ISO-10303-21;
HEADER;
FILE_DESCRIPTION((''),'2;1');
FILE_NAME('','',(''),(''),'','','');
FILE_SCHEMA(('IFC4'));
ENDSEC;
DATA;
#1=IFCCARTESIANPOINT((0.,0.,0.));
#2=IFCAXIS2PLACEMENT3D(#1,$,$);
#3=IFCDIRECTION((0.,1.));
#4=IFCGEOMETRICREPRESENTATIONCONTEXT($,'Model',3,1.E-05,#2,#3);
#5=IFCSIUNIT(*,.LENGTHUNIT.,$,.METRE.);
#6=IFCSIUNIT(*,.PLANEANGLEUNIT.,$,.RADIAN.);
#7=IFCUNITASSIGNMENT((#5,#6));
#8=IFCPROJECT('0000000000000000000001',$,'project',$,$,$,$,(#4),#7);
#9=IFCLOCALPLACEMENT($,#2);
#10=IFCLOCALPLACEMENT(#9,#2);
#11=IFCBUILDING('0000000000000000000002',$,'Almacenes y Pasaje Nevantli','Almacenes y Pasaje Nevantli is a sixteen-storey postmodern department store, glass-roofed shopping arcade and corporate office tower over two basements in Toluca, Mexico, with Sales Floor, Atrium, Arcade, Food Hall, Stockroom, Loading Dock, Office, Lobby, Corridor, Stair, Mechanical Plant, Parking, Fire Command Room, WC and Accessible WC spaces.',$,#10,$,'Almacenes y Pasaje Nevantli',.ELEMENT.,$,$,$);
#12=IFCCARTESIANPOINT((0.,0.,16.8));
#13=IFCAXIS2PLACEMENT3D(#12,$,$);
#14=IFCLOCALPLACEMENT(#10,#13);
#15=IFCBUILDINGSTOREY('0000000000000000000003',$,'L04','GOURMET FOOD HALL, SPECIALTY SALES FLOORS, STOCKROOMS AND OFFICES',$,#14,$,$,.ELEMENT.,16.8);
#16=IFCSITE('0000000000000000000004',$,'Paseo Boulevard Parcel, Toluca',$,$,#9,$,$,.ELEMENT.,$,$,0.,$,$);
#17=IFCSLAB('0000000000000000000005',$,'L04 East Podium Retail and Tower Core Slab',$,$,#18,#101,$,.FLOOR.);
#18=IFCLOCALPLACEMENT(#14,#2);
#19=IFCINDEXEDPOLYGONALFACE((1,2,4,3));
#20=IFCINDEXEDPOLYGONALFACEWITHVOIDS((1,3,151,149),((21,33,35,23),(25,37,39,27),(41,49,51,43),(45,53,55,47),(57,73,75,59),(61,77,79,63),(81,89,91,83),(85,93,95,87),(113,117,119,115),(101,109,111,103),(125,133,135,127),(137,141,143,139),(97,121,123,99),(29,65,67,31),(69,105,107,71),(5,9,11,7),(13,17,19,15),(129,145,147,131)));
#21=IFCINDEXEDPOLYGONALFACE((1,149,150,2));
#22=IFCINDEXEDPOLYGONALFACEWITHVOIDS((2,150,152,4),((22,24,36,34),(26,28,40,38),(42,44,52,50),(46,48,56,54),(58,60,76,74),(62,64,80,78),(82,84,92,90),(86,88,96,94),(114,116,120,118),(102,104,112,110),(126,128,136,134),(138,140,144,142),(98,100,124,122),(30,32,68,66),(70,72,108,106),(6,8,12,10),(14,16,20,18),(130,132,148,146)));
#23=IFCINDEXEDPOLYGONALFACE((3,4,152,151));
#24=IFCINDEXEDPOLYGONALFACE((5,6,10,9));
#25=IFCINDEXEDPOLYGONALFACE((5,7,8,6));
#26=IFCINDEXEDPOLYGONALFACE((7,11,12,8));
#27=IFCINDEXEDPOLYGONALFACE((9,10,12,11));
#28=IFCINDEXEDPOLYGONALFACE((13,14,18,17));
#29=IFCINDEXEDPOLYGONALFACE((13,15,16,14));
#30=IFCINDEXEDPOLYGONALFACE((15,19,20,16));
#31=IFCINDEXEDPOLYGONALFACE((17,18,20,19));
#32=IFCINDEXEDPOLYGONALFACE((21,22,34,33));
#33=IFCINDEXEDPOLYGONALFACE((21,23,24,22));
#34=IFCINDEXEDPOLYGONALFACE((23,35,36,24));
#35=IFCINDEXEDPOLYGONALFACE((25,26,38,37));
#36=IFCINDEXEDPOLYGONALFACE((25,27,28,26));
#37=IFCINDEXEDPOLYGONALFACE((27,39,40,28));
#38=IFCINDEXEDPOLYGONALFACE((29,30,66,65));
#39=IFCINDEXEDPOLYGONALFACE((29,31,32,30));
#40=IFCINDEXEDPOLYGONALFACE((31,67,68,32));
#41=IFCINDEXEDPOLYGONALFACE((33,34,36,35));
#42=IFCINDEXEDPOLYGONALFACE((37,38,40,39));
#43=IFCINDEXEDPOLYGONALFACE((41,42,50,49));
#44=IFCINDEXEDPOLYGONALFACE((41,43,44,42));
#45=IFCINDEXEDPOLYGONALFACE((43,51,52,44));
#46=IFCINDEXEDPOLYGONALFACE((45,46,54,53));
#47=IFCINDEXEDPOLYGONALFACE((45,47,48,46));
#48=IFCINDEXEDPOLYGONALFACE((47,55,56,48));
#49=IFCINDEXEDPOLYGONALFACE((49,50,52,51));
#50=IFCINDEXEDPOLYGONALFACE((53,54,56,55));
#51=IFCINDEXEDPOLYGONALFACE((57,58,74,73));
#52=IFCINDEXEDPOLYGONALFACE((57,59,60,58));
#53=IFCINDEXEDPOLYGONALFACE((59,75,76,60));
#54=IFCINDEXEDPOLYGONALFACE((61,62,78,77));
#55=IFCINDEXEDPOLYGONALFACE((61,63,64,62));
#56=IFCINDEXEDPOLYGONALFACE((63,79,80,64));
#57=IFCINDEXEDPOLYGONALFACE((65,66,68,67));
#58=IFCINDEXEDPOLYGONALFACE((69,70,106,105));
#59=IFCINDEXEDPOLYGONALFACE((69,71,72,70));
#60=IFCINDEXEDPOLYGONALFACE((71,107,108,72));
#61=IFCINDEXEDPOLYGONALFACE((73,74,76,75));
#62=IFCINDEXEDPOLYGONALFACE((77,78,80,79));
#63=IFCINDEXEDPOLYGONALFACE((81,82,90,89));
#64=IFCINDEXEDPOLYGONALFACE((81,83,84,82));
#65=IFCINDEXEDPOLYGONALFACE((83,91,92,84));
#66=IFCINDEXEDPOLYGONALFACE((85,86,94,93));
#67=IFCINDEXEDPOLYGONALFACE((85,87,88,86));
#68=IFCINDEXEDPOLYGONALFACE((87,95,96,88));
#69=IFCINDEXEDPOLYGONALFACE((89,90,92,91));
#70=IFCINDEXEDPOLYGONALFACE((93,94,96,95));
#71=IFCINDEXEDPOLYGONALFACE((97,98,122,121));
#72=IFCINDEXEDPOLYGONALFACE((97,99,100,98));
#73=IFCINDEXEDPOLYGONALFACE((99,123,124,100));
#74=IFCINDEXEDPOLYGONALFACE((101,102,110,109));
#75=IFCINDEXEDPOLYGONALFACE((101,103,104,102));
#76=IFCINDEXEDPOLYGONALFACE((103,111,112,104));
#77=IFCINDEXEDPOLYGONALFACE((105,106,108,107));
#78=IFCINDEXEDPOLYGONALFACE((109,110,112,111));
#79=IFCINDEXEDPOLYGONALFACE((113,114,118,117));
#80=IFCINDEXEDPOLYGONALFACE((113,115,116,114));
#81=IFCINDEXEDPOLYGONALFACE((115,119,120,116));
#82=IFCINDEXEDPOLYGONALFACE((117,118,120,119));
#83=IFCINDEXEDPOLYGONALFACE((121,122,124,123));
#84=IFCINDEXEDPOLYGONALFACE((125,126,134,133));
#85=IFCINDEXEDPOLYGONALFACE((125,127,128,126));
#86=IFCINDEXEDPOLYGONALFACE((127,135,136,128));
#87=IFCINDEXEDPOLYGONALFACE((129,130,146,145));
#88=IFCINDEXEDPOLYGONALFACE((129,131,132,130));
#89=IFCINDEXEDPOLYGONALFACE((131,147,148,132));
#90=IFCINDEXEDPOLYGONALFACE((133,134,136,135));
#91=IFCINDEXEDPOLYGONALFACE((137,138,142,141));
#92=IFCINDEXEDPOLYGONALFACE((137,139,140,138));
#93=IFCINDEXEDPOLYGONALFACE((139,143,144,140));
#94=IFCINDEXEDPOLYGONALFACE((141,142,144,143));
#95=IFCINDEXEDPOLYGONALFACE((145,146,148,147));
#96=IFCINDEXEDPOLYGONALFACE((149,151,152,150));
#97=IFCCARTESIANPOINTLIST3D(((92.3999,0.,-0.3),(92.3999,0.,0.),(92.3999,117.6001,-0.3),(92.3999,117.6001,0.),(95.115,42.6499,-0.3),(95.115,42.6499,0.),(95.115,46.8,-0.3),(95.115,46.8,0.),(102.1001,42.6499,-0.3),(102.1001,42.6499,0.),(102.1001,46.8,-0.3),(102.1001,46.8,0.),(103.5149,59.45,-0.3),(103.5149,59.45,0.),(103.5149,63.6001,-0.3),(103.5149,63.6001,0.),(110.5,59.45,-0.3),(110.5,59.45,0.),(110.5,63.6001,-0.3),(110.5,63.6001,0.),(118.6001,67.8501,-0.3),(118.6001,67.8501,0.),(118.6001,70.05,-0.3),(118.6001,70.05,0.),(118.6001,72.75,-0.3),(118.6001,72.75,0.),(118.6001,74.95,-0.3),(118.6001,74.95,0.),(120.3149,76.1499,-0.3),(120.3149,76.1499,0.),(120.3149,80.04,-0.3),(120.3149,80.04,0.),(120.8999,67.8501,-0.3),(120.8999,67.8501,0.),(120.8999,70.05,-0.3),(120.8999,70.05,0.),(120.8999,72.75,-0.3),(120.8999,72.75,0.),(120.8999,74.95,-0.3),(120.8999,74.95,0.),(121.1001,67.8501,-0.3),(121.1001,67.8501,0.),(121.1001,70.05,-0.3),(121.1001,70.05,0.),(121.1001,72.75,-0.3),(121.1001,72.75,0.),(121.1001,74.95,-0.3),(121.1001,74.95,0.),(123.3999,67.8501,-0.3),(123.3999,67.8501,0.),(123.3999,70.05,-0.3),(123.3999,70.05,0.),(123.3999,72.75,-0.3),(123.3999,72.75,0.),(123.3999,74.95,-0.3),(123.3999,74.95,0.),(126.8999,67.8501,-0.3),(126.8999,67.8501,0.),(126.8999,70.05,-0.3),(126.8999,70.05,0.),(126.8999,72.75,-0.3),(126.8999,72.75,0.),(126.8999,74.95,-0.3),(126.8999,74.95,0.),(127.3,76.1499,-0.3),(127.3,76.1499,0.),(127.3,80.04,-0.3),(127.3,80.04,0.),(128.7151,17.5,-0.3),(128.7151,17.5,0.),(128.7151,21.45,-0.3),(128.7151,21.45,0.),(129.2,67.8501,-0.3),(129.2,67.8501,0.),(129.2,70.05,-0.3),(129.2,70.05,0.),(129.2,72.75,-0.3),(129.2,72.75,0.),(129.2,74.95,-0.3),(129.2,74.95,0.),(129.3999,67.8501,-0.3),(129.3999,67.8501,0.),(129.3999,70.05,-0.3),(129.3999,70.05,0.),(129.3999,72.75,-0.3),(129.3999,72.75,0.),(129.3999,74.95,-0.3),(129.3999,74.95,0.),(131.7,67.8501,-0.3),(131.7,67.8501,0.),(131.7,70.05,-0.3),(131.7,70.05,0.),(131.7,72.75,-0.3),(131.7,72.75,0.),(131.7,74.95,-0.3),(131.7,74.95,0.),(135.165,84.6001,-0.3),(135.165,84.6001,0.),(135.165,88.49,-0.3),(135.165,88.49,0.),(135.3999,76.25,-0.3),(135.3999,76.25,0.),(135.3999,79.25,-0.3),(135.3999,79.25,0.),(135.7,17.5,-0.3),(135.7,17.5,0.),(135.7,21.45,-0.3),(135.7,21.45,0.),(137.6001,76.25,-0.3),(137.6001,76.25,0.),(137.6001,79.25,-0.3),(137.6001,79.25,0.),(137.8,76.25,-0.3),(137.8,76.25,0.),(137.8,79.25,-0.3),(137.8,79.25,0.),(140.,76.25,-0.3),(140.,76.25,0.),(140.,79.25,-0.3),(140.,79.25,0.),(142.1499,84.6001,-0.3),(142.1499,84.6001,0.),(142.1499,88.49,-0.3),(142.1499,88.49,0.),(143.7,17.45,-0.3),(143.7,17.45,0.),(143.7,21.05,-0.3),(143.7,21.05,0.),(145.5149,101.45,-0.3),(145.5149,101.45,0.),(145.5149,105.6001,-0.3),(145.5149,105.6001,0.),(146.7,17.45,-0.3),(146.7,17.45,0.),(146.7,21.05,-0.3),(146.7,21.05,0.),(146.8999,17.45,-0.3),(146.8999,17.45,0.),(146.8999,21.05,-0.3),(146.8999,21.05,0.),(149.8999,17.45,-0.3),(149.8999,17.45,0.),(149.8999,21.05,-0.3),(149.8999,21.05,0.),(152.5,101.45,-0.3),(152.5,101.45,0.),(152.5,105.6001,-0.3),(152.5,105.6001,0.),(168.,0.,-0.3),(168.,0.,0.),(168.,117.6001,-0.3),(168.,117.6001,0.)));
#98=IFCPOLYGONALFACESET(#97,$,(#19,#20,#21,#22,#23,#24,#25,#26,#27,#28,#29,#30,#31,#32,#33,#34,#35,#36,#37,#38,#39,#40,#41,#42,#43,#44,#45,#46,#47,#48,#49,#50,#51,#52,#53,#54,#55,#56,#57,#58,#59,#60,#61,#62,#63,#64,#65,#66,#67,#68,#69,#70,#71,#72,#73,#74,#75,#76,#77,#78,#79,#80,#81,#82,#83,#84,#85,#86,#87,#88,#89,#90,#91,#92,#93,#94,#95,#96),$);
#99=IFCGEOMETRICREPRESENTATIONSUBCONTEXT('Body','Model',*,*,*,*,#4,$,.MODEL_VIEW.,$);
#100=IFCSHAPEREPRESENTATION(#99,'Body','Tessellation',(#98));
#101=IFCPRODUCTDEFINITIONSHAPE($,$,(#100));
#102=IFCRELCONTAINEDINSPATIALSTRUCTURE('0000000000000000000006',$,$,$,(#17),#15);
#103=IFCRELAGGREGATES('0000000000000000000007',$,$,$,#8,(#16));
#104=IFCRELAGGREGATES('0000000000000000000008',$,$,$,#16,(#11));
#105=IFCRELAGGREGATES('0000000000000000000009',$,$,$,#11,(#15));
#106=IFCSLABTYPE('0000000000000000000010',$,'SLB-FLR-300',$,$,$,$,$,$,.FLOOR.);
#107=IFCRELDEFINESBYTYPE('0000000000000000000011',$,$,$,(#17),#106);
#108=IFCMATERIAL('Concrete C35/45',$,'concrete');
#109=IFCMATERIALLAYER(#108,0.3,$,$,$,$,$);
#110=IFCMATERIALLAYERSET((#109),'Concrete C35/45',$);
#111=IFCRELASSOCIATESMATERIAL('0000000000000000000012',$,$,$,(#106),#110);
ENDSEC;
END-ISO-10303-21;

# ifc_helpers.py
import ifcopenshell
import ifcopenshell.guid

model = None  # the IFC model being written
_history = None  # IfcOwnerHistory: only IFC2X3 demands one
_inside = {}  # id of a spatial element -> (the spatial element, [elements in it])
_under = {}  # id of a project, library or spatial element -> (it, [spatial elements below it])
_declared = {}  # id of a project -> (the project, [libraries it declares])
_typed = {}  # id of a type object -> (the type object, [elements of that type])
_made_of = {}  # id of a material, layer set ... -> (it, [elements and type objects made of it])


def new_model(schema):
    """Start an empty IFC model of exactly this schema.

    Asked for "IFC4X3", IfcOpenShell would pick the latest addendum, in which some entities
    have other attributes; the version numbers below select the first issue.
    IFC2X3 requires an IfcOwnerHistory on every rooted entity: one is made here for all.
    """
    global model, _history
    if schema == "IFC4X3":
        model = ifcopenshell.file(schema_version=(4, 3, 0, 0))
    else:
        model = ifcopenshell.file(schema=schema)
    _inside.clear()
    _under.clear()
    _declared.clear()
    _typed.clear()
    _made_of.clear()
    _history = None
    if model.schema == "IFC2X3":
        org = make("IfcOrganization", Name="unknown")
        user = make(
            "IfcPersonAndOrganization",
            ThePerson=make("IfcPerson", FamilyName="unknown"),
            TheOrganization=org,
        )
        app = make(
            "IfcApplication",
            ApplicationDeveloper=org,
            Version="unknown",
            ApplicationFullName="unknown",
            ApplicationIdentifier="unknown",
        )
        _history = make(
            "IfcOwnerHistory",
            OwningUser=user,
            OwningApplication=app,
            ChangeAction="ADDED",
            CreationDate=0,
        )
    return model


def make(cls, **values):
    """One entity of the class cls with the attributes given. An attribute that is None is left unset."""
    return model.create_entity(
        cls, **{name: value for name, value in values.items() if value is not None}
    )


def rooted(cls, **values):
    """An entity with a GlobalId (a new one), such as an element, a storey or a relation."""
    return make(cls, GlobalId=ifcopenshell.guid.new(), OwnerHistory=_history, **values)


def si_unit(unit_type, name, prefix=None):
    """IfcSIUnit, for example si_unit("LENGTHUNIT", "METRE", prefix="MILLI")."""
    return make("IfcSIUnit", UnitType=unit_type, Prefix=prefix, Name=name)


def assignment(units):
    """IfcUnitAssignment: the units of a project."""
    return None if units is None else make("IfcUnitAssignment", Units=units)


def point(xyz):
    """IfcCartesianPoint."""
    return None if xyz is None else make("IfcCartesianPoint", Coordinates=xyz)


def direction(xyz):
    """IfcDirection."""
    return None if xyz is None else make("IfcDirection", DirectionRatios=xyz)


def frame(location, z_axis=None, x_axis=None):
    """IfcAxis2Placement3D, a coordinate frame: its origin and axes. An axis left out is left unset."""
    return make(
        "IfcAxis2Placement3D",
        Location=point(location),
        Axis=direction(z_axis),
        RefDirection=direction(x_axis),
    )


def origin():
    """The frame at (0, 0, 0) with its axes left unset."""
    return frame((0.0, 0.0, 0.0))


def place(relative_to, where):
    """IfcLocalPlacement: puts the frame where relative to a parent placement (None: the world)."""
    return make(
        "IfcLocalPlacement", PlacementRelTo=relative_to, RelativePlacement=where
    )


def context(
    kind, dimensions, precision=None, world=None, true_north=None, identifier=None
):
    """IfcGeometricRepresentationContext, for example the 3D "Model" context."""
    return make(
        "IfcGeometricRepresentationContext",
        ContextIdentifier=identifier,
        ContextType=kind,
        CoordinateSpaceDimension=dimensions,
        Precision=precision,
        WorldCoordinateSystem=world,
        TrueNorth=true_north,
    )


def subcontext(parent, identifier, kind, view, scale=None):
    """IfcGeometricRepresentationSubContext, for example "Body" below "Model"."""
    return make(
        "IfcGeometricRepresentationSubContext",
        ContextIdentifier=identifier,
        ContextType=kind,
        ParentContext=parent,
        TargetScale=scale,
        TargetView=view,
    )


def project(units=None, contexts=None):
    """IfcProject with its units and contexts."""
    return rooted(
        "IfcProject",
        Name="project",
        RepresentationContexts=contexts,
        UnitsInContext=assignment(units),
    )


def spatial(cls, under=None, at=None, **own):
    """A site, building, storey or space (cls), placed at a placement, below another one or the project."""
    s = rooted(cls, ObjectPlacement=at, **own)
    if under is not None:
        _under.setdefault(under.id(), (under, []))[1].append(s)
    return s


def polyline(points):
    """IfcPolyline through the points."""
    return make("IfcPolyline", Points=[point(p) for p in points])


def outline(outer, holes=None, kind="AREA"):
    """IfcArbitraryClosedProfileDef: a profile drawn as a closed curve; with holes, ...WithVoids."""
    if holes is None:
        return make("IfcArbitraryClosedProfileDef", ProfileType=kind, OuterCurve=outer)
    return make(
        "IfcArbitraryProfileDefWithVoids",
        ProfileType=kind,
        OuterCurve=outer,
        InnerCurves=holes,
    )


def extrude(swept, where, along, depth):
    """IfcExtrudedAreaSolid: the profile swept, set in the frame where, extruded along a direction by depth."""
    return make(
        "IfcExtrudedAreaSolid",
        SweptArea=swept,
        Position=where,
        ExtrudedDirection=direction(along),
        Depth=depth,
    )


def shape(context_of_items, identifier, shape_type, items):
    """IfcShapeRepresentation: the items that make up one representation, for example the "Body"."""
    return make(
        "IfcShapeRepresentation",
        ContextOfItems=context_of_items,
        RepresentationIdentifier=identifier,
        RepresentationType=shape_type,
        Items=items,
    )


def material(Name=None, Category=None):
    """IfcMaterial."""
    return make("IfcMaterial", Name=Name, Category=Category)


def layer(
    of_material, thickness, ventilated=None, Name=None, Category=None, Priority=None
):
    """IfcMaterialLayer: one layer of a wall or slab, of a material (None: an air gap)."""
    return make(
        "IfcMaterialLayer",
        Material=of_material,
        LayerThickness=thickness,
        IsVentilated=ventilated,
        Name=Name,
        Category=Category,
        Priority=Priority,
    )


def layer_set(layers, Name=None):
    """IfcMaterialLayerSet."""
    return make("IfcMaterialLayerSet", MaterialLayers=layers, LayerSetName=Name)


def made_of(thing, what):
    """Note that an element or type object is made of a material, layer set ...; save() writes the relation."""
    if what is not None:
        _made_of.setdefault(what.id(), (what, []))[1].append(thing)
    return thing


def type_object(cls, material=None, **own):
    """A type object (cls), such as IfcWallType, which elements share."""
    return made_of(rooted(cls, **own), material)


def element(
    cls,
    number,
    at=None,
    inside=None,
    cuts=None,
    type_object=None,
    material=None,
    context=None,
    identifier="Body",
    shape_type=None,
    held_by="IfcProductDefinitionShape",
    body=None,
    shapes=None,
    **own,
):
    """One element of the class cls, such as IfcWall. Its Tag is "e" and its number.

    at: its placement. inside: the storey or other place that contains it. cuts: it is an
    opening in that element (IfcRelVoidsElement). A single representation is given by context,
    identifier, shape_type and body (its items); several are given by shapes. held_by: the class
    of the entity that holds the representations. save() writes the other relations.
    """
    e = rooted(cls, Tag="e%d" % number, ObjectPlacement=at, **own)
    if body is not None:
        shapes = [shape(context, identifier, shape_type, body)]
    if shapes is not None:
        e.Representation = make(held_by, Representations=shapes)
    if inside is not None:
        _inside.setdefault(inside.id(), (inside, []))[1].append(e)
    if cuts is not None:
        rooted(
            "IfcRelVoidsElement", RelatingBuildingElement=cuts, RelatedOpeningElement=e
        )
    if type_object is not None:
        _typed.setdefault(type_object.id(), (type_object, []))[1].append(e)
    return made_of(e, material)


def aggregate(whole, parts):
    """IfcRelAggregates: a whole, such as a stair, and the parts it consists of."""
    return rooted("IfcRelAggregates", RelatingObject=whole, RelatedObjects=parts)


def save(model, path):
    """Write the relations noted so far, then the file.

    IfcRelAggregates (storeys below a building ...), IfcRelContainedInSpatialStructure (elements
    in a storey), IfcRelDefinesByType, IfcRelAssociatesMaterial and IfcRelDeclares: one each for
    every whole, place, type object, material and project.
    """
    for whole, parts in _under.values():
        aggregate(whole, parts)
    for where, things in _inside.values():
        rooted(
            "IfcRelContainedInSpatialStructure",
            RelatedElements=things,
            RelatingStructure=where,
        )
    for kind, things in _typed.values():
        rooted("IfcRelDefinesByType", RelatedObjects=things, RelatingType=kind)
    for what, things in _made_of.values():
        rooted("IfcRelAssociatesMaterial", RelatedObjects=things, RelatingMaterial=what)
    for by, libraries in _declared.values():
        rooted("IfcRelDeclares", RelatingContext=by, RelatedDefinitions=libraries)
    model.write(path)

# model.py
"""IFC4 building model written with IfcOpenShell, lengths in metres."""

from ifc_helpers import new_model, si_unit, direction, frame, origin, place, context, subcontext, project, spatial, polyline, outline, extrude, material, layer, layer_set, type_object, element, save


model = new_model("IFC4")

# Units and contexts
model_context = context("Model", 3, precision=1e-05, world=origin(), true_north=direction((0.0, 1.0)))
body_context = subcontext(model_context, "Body", "Model", "MODEL_VIEW")
ifc_project = project(units=[si_unit("LENGTHUNIT", "METRE"), si_unit("PLANEANGLEUNIT", "RADIAN")], contexts=[model_context])

# Site, building, storey
site_placement = place(None, origin())
site = spatial("IfcSite", under=ifc_project, at=site_placement, Name="Paseo Boulevard Parcel, Toluca", CompositionType="ELEMENT", RefElevation=0.0)
building_placement = place(site_placement, origin())
building = spatial("IfcBuilding", under=site, at=building_placement, Name="Almacenes y Pasaje Nevantli", Description="Almacenes y Pasaje Nevantli is a sixteen-storey postmodern department store, glass-roofed shopping arcade and corporate office tower over two basements in Toluca, Mexico, with Sales Floor, Atrium, Arcade, Food Hall, Stockroom, Loading Dock, Office, Lobby, Corridor, Stair, Mechanical Plant, Parking, Fire Command Room, WC and Accessible WC spaces.", LongName="Almacenes y Pasaje Nevantli", CompositionType="ELEMENT")
storey_placement = place(building_placement, frame((0.0, 0.0, 16.8)))
storey = spatial("IfcBuildingStorey", under=building, at=storey_placement, Name="L04", Description="GOURMET FOOD HALL, SPECIALTY SALES FLOORS, STOCKROOMS AND OFFICES", CompositionType="ELEMENT", Elevation=16.8)

# Slab
ifc_material_1 = material(Name="Concrete C35/45", Category="concrete")
ifc_layer_1 = layer(ifc_material_1, 0.3)
ifc_layer_set_1 = layer_set([ifc_layer_1], Name="Concrete C35/45")
slab_type_1 = type_object("IfcSlabType", Name="SLB-FLR-300", PredefinedType="FLOOR", material=ifc_layer_set_1)
slab_1_placement = place(storey_placement, frame((0.0, 0.0, -0.3)))
element("IfcSlab", 1, at=slab_1_placement, inside=storey, type_object=slab_type_1, Name="L04 East Podium Retail and Tower Core Slab", PredefinedType="FLOOR", context=body_context, shape_type="SweptSolid", body=[
    extrude(outline(polyline([(92.3999, 0.0), (168.0, 0.0), (168.0, 117.6001), (92.3999, 117.6001), (92.3999, 0.0)]), holes=[polyline([(120.3149, 76.1499), (127.3, 76.1499), (127.3, 80.04), (120.3149, 80.04), (120.3149, 76.1499)]), polyline([(135.165, 84.6001), (142.1499, 84.6001), (142.1499, 88.49), (135.165, 88.49), (135.165, 84.6001)]), polyline([(128.7151, 17.5), (135.7, 17.5), (135.7, 21.45), (128.7151, 21.45), (128.7151, 17.5)]), polyline([(145.5149, 101.45), (152.5, 101.45), (152.5, 105.6001), (145.5149, 105.6001), (145.5149, 101.45)]), polyline([(95.115, 42.6499), (102.1001, 42.6499), (102.1001, 46.8), (95.115, 46.8), (95.115, 42.6499)]), polyline([(103.5149, 59.45), (110.5, 59.45), (110.5, 63.6001), (103.5149, 63.6001), (103.5149, 59.45)]), polyline([(126.8999, 67.8501), (129.2, 67.8501), (129.2, 70.05), (126.8999, 70.05), (126.8999, 67.8501)]), polyline([(129.3999, 67.8501), (131.7, 67.8501), (131.7, 70.05), (129.3999, 70.05), (129.3999, 67.8501)]), polyline([(126.8999, 72.75), (129.2, 72.75), (129.2, 74.95), (126.8999, 74.95), (126.8999, 72.75)]), polyline([(129.3999, 72.75), (131.7, 72.75), (131.7, 74.95), (129.3999, 74.95), (129.3999, 72.75)]), polyline([(118.6001, 67.8501), (120.8999, 67.8501), (120.8999, 70.05), (118.6001, 70.05), (118.6001, 67.8501)]), polyline([(121.1001, 67.8501), (123.3999, 67.8501), (123.3999, 70.05), (121.1001, 70.05), (121.1001, 67.8501)]), polyline([(118.6001, 72.75), (120.8999, 72.75), (120.8999, 74.95), (118.6001, 74.95), (118.6001, 72.75)]), polyline([(121.1001, 72.75), (123.3999, 72.75), (123.3999, 74.95), (121.1001, 74.95), (121.1001, 72.75)]), polyline([(135.3999, 76.25), (137.6001, 76.25), (137.6001, 79.25), (135.3999, 79.25), (135.3999, 76.25)]), polyline([(137.8, 76.25), (140.0, 76.25), (140.0, 79.25), (137.8, 79.25), (137.8, 76.25)]), polyline([(143.7, 17.45), (146.7, 17.45), (146.7, 21.05), (143.7, 21.05), (143.7, 17.45)]), polyline([(146.8999, 17.45), (149.8999, 17.45), (149.8999, 21.05), (146.8999, 21.05), (146.8999, 17.45)])]), origin(), (0.0, 0.0, 1.0), 0.3),
])

save(model, "model.ifc")
